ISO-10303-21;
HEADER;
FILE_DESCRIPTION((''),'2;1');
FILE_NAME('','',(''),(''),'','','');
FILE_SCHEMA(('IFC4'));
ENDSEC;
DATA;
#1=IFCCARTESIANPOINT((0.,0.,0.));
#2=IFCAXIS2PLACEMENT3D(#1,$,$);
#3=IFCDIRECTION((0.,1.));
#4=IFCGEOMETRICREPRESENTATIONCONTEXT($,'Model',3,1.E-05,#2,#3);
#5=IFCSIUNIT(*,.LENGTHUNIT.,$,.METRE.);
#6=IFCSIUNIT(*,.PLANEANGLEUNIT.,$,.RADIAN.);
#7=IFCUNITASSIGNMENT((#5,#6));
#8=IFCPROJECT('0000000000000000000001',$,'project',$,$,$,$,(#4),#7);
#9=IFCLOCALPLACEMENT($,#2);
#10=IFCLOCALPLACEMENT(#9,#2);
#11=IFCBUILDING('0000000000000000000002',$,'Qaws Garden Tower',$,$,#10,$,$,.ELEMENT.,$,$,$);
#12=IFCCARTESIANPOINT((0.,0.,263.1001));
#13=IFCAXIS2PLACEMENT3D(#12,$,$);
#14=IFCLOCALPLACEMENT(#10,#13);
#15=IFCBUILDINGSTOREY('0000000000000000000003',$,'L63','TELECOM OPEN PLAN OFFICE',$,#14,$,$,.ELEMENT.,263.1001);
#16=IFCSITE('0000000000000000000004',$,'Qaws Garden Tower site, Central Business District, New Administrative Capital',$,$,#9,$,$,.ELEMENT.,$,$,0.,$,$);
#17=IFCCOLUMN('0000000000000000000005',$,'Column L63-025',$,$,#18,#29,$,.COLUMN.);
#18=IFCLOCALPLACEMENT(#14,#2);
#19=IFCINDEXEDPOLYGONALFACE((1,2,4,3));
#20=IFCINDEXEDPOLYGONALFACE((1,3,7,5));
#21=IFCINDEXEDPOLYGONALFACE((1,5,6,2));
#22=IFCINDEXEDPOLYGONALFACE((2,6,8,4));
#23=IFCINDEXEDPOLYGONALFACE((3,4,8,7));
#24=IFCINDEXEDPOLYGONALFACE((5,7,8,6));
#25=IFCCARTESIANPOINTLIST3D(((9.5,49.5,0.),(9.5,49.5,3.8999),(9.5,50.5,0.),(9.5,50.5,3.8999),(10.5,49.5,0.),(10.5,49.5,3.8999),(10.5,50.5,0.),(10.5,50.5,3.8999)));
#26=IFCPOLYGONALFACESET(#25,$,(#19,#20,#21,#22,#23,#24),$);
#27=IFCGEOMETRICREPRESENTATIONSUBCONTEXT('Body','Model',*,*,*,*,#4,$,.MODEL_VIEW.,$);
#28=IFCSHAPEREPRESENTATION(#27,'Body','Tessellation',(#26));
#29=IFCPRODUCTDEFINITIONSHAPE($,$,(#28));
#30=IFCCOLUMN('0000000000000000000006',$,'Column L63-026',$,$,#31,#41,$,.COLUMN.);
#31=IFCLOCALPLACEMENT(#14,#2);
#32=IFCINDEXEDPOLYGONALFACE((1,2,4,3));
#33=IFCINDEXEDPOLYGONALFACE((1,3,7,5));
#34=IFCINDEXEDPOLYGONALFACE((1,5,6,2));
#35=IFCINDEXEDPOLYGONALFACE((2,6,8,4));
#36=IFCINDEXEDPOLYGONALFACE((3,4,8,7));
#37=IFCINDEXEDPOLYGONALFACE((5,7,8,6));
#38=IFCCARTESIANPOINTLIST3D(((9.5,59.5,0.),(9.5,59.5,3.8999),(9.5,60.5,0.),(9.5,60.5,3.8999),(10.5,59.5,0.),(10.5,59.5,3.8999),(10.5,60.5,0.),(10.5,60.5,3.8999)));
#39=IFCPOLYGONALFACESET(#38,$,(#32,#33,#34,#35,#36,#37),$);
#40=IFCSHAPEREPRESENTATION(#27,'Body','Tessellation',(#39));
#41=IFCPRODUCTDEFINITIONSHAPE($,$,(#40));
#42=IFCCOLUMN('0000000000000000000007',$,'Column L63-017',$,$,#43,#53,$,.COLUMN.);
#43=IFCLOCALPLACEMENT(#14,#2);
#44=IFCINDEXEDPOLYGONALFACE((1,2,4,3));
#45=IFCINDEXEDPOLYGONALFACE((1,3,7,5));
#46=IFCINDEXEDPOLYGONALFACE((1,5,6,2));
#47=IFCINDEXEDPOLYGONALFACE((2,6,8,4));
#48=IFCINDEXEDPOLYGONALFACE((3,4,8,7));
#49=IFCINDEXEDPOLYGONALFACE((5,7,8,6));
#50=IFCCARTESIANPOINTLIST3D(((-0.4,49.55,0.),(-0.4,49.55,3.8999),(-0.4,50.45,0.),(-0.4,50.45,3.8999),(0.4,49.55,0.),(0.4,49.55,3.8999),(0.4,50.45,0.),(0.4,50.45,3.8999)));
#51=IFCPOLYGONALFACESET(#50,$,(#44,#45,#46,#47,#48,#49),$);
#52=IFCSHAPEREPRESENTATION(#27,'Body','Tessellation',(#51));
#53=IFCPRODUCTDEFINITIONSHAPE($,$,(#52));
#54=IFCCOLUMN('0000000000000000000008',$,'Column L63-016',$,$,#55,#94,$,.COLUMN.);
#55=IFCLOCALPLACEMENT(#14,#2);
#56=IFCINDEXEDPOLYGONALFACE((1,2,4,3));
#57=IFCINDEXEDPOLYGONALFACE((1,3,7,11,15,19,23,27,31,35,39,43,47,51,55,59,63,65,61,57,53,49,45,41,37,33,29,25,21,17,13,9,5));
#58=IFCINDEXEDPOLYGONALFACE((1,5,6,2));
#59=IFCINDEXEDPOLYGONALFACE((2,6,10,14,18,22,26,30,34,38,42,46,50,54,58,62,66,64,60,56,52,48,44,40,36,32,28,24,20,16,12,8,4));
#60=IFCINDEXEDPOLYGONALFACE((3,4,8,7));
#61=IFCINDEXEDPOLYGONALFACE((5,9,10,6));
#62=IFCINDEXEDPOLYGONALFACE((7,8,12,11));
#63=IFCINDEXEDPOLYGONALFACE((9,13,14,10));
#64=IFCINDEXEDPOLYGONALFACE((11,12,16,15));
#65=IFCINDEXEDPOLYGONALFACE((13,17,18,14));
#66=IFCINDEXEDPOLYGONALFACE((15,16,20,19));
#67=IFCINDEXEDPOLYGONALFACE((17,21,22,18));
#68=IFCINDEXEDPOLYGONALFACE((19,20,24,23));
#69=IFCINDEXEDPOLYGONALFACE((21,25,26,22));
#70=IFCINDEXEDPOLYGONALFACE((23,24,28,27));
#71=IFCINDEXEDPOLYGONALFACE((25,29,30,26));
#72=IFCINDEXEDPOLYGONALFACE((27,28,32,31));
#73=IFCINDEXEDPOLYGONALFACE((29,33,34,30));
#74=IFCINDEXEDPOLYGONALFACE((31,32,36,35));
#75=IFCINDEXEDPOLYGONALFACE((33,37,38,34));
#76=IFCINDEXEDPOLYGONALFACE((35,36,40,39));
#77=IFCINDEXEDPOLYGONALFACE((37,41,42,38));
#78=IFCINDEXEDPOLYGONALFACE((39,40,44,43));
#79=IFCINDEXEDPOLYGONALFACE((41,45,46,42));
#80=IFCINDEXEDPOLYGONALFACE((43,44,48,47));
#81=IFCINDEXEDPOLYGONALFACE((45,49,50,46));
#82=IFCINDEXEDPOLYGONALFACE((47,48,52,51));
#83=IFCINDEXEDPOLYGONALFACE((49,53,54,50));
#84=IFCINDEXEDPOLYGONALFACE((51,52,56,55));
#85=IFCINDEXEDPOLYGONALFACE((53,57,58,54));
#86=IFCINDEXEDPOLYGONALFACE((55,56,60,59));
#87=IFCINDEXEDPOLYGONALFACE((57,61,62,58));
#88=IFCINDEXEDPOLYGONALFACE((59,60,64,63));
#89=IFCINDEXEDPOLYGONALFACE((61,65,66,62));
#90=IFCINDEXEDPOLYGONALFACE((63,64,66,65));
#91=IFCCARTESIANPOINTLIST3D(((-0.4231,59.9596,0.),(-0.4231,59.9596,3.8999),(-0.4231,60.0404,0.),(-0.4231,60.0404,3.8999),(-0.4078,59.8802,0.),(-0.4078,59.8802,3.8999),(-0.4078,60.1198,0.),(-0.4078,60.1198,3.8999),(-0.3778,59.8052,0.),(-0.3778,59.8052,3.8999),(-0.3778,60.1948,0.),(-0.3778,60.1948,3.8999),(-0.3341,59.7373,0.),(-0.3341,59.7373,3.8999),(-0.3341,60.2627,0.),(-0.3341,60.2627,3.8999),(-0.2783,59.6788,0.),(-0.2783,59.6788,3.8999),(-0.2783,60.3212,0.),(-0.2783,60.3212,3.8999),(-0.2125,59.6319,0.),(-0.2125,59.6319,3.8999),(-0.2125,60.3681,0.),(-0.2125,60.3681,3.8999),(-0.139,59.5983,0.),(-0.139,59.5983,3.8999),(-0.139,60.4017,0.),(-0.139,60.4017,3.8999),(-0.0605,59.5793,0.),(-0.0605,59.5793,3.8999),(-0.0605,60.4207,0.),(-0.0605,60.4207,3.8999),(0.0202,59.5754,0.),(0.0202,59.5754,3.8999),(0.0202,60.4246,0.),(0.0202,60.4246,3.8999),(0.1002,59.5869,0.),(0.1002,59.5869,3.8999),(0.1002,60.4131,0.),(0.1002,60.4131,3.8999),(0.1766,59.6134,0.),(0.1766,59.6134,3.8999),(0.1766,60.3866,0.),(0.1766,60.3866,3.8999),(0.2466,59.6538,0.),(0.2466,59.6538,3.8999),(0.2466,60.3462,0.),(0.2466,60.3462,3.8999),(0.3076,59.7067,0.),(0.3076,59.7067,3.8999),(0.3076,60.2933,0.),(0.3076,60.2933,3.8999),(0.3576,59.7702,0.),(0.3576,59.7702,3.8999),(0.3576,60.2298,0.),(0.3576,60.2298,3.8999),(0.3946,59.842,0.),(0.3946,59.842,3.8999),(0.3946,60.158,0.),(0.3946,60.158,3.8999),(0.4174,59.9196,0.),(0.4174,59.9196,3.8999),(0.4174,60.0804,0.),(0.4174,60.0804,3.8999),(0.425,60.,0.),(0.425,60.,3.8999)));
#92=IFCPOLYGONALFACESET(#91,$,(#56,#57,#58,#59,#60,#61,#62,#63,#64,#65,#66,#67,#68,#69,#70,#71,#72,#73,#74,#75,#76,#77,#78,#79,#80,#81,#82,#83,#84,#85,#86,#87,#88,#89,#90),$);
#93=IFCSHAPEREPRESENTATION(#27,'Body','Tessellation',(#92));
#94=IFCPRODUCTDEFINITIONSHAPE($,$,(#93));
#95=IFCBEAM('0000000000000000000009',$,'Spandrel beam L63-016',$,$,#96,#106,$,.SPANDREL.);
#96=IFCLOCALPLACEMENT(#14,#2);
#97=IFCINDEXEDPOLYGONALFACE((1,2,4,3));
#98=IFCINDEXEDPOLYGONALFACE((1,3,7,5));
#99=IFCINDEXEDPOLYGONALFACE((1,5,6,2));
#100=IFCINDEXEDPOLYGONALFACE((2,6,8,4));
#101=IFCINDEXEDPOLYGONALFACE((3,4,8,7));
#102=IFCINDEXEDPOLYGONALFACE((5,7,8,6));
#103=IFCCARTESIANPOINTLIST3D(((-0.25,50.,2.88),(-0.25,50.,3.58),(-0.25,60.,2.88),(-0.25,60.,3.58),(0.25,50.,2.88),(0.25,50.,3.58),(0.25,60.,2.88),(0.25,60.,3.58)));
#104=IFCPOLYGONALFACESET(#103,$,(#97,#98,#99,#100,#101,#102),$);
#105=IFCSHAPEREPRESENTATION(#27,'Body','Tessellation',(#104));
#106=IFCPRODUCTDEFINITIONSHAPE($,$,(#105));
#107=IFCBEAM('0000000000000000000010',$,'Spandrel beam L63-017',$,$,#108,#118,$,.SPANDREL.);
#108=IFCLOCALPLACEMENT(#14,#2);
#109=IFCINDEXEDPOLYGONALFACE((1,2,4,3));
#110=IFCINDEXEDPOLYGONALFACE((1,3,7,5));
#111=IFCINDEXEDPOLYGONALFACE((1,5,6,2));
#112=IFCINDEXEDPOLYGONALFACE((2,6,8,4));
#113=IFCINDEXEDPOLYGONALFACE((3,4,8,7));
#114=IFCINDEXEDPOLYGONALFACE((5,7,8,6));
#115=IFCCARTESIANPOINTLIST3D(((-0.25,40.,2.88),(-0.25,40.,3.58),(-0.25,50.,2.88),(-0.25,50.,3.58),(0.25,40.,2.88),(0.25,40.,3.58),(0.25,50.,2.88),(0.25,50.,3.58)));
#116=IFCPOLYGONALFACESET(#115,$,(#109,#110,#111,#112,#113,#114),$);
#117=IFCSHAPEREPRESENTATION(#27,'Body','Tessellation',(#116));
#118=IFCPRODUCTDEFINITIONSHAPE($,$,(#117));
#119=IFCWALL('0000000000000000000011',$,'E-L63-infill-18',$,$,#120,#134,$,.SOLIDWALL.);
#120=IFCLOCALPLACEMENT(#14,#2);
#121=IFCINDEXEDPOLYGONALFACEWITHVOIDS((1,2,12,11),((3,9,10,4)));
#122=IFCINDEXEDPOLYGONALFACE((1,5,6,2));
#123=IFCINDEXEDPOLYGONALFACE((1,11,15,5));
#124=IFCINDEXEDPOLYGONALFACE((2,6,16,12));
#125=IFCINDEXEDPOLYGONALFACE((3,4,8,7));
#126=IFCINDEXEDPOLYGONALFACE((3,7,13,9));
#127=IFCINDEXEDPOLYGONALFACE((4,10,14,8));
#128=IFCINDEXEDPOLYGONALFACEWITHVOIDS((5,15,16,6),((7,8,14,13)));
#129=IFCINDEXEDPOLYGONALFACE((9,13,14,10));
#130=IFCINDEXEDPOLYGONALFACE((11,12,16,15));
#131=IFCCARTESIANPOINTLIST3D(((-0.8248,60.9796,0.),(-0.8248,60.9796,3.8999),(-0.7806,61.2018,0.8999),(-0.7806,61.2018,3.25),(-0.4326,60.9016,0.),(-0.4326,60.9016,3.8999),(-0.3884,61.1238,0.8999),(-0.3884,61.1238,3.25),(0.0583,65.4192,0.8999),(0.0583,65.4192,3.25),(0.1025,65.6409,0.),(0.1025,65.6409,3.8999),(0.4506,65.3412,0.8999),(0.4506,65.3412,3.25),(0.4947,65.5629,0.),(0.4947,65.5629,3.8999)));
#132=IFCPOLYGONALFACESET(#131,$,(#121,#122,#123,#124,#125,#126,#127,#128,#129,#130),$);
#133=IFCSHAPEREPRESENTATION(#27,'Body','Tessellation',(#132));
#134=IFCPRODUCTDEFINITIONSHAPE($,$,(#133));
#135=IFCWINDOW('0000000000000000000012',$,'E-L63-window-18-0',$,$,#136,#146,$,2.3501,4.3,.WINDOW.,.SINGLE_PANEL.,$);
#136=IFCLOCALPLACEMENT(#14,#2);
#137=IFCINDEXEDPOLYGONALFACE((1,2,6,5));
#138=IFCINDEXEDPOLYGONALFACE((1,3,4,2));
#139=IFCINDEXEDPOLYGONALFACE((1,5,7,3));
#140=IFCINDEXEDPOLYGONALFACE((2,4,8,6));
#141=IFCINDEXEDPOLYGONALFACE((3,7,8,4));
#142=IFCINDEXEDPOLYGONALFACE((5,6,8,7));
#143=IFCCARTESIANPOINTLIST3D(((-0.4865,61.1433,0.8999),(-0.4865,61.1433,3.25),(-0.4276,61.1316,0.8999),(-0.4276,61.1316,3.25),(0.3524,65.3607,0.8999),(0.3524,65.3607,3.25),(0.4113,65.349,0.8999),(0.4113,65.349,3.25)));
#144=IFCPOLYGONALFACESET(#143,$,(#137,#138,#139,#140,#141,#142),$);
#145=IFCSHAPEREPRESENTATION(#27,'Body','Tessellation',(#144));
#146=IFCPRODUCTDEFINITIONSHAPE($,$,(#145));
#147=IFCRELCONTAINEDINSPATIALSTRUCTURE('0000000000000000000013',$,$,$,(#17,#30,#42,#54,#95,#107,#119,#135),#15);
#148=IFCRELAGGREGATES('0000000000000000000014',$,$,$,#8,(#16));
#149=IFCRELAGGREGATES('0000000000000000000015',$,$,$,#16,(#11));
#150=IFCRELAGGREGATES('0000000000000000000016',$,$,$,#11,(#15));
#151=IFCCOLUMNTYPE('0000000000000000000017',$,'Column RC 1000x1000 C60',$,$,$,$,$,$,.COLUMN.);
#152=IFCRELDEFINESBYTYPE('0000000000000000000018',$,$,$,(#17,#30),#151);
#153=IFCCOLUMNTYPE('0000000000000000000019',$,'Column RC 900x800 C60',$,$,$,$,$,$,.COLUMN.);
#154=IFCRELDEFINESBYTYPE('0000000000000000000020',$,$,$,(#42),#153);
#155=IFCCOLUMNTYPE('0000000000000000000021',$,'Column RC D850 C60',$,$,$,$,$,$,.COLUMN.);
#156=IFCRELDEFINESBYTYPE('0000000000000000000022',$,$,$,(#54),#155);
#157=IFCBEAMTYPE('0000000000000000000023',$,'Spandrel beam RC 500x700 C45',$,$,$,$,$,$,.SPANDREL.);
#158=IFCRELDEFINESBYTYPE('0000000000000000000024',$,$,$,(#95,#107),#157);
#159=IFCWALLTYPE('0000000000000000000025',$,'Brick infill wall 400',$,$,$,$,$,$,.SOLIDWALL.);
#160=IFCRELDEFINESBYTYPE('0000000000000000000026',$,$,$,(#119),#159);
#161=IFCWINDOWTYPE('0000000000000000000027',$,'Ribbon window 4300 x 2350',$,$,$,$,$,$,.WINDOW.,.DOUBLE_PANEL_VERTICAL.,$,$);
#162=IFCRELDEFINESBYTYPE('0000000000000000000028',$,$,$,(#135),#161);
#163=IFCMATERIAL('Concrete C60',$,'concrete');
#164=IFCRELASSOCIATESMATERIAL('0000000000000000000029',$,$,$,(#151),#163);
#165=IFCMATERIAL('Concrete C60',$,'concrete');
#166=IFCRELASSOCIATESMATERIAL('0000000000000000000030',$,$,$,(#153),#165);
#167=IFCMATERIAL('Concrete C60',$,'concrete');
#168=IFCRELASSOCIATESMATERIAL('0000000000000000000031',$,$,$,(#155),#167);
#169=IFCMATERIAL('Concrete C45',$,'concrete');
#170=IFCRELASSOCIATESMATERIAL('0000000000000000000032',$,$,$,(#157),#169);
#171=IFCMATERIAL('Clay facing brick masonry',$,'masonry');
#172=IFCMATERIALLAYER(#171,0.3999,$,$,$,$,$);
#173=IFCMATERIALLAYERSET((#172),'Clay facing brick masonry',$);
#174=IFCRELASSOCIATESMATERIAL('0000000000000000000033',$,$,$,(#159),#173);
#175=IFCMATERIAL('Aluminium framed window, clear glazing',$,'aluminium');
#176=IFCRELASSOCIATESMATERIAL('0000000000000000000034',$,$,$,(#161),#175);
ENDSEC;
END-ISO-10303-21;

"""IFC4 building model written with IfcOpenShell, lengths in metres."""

from ifc_helpers import new_model, si_unit, direction, frame, frame_2d, origin, origin_2d, place, context, subcontext, project, spatial, rectangle, circle, extrude, material, layer, layer_set, material_profile, profile_set, type_object, element, fill, save


model = new_model("IFC4")

# Units and contexts
model_context = context("Model", 3, precision=1e-05, world=origin(), true_north=direction((0.0, 1.0)))
body_context = subcontext(model_context, "Body", "Model", "MODEL_VIEW")
ifc_project = project(units=[si_unit("LENGTHUNIT", "METRE"), si_unit("PLANEANGLEUNIT", "RADIAN")], contexts=[model_context])

# Site, building, storey
site_placement = place(None, origin())
site = spatial("IfcSite", under=ifc_project, at=site_placement, Name="Qaws Garden Tower site, Central Business District, New Administrative Capital", CompositionType="ELEMENT", RefElevation=0.0)
building_placement = place(site_placement, origin())
building = spatial("IfcBuilding", under=site, at=building_placement, Name="Qaws Garden Tower", CompositionType="ELEMENT")
storey_placement = place(building_placement, frame((0.0, 0.0, 263.1001)))
storey = spatial("IfcBuildingStorey", under=building, at=storey_placement, Name="L63", Description="TELECOM OPEN PLAN OFFICE", CompositionType="ELEMENT", Elevation=263.1001)

# Columns
ifc_material_1 = material(Name="Concrete C60", Category="concrete")
ifc_material_profile_1 = material_profile(ifc_material_1, rectangle(XDim=1.0, YDim=1.0, at=origin_2d()), Name="RC 1000x1000")
ifc_profile_set_1 = profile_set([ifc_material_profile_1], Name="Concrete C60")
column_type_1 = type_object("IfcColumnType", Name="Column RC 1000x1000 C60", PredefinedType="COLUMN", material=ifc_profile_set_1)
for number, where, z_axis, x_axis, name in (
    (1, (10.0, 50.0, 0.0), (0.0, 0.0, 1.0), (1.0, 0.0, 0.0), "Column L63-025"),
    (2, (10.0, 60.0, 0.0), (0.0, 0.0, 1.0), (1.0, 0.0, 0.0), "Column L63-026"),
):
    element("IfcColumn", number, at=place(storey_placement, frame(where, z_axis=z_axis, x_axis=x_axis)), inside=storey, type_object=column_type_1, Name=name, PredefinedType="COLUMN", context=body_context, shape_type="SweptSolid", body=[
        extrude(rectangle(XDim=1.0, YDim=1.0, at=origin_2d()), origin(), (0.0, 0.0, 1.0), 3.8999),
    ])
ifc_material_2 = material(Name="Concrete C60", Category="concrete")
ifc_material_profile_2 = material_profile(ifc_material_2, rectangle(XDim=0.8999, YDim=0.8, at=origin_2d()), Name="RC 900x800")
ifc_profile_set_2 = profile_set([ifc_material_profile_2], Name="Concrete C60")
column_type_2 = type_object("IfcColumnType", Name="Column RC 900x800 C60", PredefinedType="COLUMN", material=ifc_profile_set_2)
column_1_placement = place(storey_placement, frame((0.0, 50.0, 0.0), z_axis=(0.0, 0.0, 1.0), x_axis=(0.0, 1.0, 0.0)))
element("IfcColumn", 3, at=column_1_placement, inside=storey, type_object=column_type_2, Name="Column L63-017", PredefinedType="COLUMN", context=body_context, shape_type="SweptSolid", body=[
    extrude(rectangle(XDim=0.8999, YDim=0.8, at=origin_2d()), origin(), (0.0, 0.0, 1.0), 3.8999),
])
ifc_material_3 = material(Name="Concrete C60", Category="concrete")
ifc_material_profile_3 = material_profile(ifc_material_3, circle(Radius=0.425, at=origin_2d()), Name="RC D850")
ifc_profile_set_3 = profile_set([ifc_material_profile_3], Name="Concrete C60")
column_type_3 = type_object("IfcColumnType", Name="Column RC D850 C60", PredefinedType="COLUMN", material=ifc_profile_set_3)
column_2_placement = place(storey_placement, frame((0.0, 60.0, 0.0), z_axis=(0.0, 0.0, 1.0), x_axis=(1.0, 0.0, 0.0)))
element("IfcColumn", 4, at=column_2_placement, inside=storey, type_object=column_type_3, Name="Column L63-016", PredefinedType="COLUMN", context=body_context, shape_type="SweptSolid", body=[
    extrude(circle(Radius=0.425, at=origin_2d()), origin(), (0.0, 0.0, 1.0), 3.8999),
])

# Beams
ifc_material_4 = material(Name="Concrete C45", Category="concrete")
ifc_material_profile_4 = material_profile(ifc_material_4, rectangle(XDim=0.5, YDim=0.7, at=origin_2d()), Name="RC 500x700")
ifc_profile_set_4 = profile_set([ifc_material_profile_4], Name="Concrete C45")
beam_type = type_object("IfcBeamType", Name="Spandrel beam RC 500x700 C45", PredefinedType="SPANDREL", material=ifc_profile_set_4)
for number, where, z_axis, x_axis, name in (
    (5, (0.0, 60.0, 3.23), (0.0, -1.0, 0.0), (1.0, 0.0, 0.0), "Spandrel beam L63-016"),
    (6, (0.0, 50.0, 3.23), (0.0, -1.0, 0.0), (1.0, 0.0, 0.0), "Spandrel beam L63-017"),
):
    element("IfcBeam", number, at=place(storey_placement, frame(where, z_axis=z_axis, x_axis=x_axis)), inside=storey, type_object=beam_type, Name=name, PredefinedType="SPANDREL", context=body_context, shape_type="SweptSolid", body=[
        extrude(rectangle(XDim=0.5, YDim=0.7, at=origin_2d()), origin(), (0.0, 0.0, 1.0), 10.0),
    ])

# Wall, opening, window
ifc_material_5 = material(Name="Clay facing brick masonry", Category="masonry")
ifc_layer_1 = layer(ifc_material_5, 0.3999)
ifc_layer_set_1 = layer_set([ifc_layer_1], Name="Clay facing brick masonry")
wall_type_1 = type_object("IfcWallType", Name="Brick infill wall 400", PredefinedType="SOLIDWALL", material=ifc_layer_set_1)
wall_1_placement = place(storey_placement, frame((0.2986, 65.6021, 0.0), z_axis=(0.0, 0.0, 1.0), x_axis=(-0.195099, -0.980784, 0.0)))
wall_1 = element("IfcWall", 7, at=wall_1_placement, inside=storey, type_object=wall_type_1, Name="E-L63-infill-18", PredefinedType="SOLIDWALL", context=body_context, shape_type="SweptSolid", body=[
    extrude(rectangle(XDim=4.7527, YDim=0.3999, at=frame_2d((2.3765, 0.0))), origin(), (0.0, 0.0, 1.0), 3.8999),
])
opening_1_placement = place(wall_1_placement, frame((0.2263, 0.0, 0.8999)))
opening_1 = element("IfcOpeningElement", 8, at=opening_1_placement, cuts=wall_1, PredefinedType="OPENING", context=body_context, shape_type="SweptSolid", body=[
    extrude(rectangle(XDim=4.3, YDim=2.3501, at=frame_2d((2.1499, 1.175))), frame((0.0, 0.21, 0.0), z_axis=(0.0, -1.0, 0.0), x_axis=(1.0, 0.0, 0.0)), (0.0, 0.0, 1.0), 0.4199),
])
ifc_material_6 = material(Name="Aluminium framed window, clear glazing", Category="aluminium")
window_type_1 = type_object("IfcWindowType", Name="Ribbon window 4300 x 2350", PartitioningType="DOUBLE_PANEL_VERTICAL", PredefinedType="WINDOW", material=ifc_material_6)
window_1_placement = place(opening_1_placement, origin())
window_1 = element("IfcWindow", 9, at=window_1_placement, inside=storey, type_object=window_type_1, Name="E-L63-window-18-0", OverallHeight=2.3501, OverallWidth=4.3, PartitioningType="SINGLE_PANEL", PredefinedType="WINDOW", context=body_context, shape_type="SweptSolid", body=[
    extrude(rectangle(XDim=4.3, YDim=2.3501, at=frame_2d((2.1499, 1.175))), frame((0.0, 0.1599, 0.0), z_axis=(0.0, -1.0, 0.0), x_axis=(1.0, 0.0, 0.0)), (0.0, 0.0, 1.0), 0.0601),
])
fill(opening_1, window_1)

save(model, "model.ifc")
